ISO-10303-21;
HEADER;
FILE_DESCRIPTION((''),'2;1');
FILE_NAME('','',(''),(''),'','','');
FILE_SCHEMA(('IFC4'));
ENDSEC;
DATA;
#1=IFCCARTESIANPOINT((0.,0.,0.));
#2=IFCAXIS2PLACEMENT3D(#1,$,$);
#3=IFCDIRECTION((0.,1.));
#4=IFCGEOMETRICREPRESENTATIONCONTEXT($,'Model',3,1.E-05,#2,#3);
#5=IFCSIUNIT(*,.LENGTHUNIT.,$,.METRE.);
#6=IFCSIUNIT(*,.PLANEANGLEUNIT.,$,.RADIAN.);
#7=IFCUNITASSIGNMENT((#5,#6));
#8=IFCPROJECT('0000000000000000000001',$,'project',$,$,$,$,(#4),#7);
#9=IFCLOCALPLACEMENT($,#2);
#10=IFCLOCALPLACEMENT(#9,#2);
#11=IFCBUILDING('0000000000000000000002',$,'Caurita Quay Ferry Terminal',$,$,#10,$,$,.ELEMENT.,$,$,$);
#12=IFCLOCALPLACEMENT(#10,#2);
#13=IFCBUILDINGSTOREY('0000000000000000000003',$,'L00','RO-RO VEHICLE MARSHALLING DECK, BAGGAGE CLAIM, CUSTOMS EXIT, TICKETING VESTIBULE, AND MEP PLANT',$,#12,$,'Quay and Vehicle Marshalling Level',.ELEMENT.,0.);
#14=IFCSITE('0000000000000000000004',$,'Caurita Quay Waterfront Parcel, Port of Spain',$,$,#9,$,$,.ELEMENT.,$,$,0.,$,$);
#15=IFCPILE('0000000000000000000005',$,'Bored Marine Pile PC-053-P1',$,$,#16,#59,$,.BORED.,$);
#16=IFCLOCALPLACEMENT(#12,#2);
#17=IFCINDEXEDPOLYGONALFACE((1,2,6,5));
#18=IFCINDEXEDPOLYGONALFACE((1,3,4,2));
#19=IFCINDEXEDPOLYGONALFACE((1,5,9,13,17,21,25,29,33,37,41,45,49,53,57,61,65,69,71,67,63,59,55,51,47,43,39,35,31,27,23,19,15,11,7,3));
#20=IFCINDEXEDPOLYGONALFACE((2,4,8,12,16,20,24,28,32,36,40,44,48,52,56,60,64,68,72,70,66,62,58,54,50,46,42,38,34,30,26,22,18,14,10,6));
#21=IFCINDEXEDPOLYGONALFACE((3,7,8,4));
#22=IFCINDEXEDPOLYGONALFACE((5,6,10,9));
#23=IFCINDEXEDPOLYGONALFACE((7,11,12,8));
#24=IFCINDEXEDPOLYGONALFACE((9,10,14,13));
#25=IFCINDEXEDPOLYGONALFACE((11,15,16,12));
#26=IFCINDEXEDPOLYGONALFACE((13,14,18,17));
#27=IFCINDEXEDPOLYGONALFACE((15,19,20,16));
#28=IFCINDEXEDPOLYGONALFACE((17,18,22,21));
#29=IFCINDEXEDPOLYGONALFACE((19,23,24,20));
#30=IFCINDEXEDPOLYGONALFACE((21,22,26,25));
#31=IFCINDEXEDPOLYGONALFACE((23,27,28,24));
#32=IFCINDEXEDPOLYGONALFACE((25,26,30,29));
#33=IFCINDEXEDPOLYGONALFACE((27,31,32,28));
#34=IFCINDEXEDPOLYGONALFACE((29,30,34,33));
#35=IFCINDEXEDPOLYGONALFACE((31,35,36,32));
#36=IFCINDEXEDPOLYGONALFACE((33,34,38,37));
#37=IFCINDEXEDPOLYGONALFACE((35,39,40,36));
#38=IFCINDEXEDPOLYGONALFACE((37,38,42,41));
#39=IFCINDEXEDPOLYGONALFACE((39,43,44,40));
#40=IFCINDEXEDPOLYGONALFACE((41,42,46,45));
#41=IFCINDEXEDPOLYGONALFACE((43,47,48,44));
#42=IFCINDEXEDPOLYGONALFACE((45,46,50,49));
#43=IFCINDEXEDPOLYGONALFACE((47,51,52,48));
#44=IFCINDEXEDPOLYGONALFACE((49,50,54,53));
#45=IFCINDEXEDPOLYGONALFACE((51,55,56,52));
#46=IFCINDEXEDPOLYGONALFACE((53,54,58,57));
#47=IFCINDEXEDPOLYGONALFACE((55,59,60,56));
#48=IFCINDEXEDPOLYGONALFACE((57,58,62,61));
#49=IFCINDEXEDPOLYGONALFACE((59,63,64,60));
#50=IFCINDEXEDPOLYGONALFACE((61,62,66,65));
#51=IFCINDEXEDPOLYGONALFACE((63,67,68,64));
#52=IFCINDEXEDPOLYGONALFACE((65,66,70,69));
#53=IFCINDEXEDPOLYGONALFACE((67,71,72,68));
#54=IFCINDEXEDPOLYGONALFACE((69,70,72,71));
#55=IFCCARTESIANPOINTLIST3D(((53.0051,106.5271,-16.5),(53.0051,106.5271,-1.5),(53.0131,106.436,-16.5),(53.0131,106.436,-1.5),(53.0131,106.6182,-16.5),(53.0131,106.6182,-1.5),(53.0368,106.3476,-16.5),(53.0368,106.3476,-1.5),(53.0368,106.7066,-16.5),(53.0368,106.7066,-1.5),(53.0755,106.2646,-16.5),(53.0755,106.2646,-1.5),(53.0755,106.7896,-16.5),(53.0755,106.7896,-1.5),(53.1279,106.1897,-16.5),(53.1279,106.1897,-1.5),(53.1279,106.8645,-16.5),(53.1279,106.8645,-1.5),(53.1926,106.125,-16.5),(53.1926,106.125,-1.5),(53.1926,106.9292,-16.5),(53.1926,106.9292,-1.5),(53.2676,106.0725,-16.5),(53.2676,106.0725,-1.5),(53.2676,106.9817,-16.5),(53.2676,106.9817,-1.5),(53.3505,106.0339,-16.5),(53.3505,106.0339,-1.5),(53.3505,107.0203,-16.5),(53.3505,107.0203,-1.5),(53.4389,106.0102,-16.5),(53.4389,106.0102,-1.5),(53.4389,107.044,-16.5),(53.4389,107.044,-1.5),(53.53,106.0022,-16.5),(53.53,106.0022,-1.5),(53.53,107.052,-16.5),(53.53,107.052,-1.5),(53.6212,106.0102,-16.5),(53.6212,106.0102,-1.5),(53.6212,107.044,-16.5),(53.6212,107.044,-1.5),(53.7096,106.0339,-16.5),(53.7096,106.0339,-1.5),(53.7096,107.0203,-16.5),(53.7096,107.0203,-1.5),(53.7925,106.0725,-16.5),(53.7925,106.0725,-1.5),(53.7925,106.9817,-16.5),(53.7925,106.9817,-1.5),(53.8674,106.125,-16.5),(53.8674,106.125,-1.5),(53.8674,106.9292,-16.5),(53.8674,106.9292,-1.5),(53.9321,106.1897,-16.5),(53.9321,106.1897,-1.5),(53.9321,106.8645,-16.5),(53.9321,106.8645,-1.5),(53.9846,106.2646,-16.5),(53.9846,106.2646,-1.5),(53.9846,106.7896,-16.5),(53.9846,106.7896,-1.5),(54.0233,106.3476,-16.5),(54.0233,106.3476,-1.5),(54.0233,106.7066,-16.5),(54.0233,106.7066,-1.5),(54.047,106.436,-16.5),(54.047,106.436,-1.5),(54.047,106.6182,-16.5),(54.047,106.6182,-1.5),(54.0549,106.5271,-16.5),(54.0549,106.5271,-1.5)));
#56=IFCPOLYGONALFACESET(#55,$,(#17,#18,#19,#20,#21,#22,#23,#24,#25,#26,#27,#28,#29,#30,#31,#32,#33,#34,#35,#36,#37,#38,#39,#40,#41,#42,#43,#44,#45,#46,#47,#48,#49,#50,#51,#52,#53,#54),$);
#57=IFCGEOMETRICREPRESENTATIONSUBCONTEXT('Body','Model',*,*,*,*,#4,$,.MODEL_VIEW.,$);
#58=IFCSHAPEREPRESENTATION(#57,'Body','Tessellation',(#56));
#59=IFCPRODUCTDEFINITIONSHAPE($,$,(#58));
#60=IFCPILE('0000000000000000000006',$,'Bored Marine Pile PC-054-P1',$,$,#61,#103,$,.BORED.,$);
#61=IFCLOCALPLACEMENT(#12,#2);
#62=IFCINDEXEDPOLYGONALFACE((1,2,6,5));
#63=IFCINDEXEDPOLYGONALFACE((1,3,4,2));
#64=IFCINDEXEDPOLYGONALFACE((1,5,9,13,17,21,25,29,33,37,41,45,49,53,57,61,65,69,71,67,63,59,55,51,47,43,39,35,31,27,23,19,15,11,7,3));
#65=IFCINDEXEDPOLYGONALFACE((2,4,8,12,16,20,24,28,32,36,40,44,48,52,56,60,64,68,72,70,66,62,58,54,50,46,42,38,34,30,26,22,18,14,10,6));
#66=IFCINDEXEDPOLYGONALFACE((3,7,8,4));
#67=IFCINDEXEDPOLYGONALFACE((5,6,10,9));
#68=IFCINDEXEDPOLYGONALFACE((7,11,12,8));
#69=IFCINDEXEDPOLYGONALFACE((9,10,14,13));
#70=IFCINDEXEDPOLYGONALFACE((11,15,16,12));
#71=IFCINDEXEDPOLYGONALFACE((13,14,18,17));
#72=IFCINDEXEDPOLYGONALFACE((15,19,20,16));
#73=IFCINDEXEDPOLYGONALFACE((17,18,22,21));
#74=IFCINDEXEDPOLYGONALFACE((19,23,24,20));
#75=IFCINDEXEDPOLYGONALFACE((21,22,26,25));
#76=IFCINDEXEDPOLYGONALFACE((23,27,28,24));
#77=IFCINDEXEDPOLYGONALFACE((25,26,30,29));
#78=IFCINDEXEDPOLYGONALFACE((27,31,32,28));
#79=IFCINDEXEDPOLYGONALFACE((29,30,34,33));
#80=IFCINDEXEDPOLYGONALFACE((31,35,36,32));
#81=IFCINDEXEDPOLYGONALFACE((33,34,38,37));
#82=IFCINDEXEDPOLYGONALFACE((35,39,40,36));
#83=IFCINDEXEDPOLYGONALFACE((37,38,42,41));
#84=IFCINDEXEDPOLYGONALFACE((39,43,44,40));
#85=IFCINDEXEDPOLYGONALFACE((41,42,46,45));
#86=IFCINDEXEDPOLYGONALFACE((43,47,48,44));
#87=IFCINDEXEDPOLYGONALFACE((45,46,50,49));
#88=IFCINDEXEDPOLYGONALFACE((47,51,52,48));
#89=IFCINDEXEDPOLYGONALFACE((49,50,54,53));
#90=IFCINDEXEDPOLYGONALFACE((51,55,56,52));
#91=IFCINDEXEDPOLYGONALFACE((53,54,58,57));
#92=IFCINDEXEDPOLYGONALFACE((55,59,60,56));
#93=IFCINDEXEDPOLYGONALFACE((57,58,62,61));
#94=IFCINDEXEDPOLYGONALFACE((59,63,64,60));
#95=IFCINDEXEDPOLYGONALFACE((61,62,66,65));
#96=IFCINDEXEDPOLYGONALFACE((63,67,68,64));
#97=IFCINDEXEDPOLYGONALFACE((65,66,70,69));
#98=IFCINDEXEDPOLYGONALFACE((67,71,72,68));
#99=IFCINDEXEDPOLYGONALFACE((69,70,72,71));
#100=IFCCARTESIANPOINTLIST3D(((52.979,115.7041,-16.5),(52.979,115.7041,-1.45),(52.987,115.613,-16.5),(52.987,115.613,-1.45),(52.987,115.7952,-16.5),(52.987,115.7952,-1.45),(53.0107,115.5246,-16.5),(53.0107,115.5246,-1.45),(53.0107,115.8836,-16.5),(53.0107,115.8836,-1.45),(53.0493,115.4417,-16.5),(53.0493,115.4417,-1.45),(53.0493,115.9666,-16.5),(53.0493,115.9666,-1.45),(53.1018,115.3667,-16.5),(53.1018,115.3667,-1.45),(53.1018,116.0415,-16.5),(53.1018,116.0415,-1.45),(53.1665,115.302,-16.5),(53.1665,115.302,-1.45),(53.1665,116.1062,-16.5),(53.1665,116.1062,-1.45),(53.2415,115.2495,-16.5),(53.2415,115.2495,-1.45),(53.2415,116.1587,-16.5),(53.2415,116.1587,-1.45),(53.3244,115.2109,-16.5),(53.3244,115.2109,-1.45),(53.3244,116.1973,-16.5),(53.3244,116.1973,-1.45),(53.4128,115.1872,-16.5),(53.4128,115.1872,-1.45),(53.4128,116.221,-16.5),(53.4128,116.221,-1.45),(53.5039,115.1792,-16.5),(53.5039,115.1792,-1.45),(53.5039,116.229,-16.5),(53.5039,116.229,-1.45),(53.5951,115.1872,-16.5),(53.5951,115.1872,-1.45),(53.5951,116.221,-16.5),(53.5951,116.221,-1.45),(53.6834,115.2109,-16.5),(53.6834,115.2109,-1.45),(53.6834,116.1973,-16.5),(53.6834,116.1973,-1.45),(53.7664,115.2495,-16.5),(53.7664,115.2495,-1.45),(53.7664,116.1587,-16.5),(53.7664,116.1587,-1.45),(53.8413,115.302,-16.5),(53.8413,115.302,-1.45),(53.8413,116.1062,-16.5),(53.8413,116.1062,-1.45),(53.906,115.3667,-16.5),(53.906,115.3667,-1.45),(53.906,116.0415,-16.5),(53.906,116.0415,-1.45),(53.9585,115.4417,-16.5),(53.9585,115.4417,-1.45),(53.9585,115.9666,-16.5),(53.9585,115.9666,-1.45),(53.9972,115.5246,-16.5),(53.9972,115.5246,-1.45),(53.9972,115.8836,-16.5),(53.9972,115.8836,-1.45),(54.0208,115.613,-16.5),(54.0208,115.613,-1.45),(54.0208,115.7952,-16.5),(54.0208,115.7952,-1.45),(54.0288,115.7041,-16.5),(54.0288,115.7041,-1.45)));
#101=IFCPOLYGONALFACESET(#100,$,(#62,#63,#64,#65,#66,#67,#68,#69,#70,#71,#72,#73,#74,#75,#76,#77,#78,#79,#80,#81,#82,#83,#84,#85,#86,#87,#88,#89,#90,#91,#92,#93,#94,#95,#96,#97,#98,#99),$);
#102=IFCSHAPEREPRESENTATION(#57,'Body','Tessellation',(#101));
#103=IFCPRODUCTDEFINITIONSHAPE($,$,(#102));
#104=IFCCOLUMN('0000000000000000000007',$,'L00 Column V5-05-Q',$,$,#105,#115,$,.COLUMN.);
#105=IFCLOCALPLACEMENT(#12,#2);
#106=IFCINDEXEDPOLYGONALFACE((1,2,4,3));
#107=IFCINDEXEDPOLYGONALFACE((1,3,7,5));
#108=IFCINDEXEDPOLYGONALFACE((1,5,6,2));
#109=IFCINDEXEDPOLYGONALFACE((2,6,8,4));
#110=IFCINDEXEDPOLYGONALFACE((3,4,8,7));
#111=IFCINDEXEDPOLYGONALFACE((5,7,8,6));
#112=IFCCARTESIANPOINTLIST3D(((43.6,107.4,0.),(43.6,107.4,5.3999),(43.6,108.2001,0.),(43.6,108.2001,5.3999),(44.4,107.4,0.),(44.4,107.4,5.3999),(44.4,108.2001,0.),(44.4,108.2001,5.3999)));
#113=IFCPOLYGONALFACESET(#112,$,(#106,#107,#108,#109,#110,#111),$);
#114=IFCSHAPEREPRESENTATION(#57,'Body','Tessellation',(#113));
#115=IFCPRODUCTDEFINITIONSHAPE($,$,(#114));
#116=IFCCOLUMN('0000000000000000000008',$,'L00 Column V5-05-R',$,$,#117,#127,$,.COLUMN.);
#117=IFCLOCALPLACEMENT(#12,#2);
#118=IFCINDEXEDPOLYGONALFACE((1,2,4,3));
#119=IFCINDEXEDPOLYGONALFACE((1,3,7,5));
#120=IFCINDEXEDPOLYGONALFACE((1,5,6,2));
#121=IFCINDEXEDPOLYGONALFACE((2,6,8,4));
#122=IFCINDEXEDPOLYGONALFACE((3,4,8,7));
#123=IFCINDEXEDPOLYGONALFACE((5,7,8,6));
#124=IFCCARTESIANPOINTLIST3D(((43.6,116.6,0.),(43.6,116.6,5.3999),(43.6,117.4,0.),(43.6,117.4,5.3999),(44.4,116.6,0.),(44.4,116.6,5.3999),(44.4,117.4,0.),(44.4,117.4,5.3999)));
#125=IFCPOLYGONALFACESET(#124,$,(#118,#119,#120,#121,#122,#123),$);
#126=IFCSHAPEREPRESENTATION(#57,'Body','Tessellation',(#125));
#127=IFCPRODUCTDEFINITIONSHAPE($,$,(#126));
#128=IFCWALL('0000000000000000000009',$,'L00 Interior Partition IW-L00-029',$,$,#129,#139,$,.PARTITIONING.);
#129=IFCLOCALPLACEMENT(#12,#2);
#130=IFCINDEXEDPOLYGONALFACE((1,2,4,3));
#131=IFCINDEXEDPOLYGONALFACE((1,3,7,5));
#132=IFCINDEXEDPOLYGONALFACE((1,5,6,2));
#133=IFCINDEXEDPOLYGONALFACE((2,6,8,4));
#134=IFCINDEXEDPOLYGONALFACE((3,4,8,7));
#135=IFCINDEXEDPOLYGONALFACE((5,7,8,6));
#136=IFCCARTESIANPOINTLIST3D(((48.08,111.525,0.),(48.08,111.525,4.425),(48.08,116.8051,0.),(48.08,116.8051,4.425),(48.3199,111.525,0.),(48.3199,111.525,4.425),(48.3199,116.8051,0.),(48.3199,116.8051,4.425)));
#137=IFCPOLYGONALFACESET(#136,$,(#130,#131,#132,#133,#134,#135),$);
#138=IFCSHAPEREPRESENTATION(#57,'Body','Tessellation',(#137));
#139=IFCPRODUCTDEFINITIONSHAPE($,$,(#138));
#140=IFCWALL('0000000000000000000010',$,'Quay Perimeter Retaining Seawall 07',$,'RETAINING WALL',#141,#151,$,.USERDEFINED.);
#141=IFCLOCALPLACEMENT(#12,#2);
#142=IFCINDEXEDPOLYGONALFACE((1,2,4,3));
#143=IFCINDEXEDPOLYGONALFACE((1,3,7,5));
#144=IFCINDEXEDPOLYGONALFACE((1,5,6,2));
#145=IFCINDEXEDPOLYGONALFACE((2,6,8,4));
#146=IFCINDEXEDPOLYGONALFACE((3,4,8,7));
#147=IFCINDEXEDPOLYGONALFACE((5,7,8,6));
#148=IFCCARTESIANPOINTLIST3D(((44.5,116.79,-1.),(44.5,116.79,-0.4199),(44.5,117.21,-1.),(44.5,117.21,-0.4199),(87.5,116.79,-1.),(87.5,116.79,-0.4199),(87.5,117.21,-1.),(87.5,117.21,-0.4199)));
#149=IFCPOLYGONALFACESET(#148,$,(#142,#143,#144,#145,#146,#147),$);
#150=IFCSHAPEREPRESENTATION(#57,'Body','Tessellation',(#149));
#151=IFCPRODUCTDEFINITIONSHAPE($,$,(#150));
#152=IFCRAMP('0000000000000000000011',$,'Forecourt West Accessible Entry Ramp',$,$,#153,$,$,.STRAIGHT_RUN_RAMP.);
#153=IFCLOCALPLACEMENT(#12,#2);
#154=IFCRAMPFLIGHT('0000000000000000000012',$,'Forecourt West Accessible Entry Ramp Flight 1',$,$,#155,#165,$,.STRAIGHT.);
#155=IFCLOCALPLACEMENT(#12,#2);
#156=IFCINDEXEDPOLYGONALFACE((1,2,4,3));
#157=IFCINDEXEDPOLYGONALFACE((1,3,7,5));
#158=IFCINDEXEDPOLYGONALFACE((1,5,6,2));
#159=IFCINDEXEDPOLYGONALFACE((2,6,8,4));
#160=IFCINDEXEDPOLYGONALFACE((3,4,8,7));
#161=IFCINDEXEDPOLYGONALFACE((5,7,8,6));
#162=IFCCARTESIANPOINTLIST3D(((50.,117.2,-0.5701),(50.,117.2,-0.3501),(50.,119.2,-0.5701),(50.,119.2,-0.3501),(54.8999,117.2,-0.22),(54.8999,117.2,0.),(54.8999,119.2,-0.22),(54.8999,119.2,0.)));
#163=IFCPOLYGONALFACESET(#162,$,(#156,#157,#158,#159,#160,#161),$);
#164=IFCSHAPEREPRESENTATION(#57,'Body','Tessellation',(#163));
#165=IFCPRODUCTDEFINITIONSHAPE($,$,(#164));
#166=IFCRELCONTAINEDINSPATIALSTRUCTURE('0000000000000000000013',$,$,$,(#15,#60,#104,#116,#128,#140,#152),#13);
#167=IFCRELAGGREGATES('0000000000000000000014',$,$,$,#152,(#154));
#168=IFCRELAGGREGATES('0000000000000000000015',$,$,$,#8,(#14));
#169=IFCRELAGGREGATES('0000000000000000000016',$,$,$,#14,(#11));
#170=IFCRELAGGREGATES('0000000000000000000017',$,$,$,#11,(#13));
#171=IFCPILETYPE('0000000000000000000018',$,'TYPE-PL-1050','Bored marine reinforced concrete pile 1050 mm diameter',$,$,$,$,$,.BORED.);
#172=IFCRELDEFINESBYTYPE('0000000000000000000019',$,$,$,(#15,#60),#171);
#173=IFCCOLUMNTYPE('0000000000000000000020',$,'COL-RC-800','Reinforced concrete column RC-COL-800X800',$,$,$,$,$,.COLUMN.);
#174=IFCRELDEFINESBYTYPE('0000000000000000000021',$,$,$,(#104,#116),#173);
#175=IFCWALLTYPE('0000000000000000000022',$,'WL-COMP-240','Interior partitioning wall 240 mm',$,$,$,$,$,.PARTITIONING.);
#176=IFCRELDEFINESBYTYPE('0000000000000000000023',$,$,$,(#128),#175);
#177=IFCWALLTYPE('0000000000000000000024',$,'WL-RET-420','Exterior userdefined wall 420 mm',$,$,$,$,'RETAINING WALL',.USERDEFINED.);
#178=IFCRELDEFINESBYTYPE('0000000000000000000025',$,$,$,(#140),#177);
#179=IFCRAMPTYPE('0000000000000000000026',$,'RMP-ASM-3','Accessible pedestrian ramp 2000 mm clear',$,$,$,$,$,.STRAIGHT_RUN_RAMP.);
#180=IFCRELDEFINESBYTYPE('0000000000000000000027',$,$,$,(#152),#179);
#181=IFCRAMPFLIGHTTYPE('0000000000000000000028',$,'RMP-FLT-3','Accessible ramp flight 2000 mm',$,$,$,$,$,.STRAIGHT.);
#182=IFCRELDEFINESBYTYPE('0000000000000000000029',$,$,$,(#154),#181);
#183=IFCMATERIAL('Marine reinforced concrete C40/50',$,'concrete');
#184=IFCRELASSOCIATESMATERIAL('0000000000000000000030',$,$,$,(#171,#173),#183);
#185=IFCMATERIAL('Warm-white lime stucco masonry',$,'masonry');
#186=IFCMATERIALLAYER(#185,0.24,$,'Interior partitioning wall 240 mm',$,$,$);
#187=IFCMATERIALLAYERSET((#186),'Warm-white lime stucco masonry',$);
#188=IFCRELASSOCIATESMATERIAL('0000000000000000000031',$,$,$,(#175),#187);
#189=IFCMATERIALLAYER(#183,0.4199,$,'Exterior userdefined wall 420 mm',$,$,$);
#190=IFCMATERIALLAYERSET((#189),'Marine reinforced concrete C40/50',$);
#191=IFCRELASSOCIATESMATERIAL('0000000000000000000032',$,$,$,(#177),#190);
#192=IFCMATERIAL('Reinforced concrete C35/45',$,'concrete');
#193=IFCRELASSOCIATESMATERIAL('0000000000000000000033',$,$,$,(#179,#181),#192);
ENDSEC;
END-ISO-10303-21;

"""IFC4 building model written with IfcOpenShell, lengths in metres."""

from ifc_helpers import new_model, si_unit, direction, frame, frame_2d, origin, origin_2d, place, context, subcontext, project, spatial, polyline, rectangle, circle, outline, extrude, material, layer, layer_set, material_profile, profile_set, type_object, element, aggregate, save


model = new_model("IFC4")

# Units and contexts
model_context = context("Model", 3, precision=1e-05, world=origin(), true_north=direction((0.0, 1.0)))
body_context = subcontext(model_context, "Body", "Model", "MODEL_VIEW")
ifc_project = project(units=[si_unit("LENGTHUNIT", "METRE"), si_unit("PLANEANGLEUNIT", "RADIAN")], contexts=[model_context])

# Site, building, storey
site_placement = place(None, origin())
site = spatial("IfcSite", under=ifc_project, at=site_placement, Name="Caurita Quay Waterfront Parcel, Port of Spain", CompositionType="ELEMENT", RefElevation=0.0)
building_placement = place(site_placement, origin())
building = spatial("IfcBuilding", under=site, at=building_placement, Name="Caurita Quay Ferry Terminal", CompositionType="ELEMENT")
storey_placement = place(building_placement, origin())
storey = spatial("IfcBuildingStorey", under=building, at=storey_placement, Name="L00", Description="RO-RO VEHICLE MARSHALLING DECK, BAGGAGE CLAIM, CUSTOMS EXIT, TICKETING VESTIBULE, AND MEP PLANT", LongName="Quay and Vehicle Marshalling Level", CompositionType="ELEMENT", Elevation=0.0)

# Piles
ifc_material_1 = material(Name="Marine reinforced concrete C40/50", Category="concrete")
ifc_material_profile_1 = material_profile(ifc_material_1, circle(Radius=0.5249, at=origin_2d()), Name="PILE-D1050")
ifc_profile_set_1 = profile_set([ifc_material_profile_1], Name="Marine reinforced concrete C40/50")
pile_type = type_object("IfcPileType", Name="TYPE-PL-1050", Description="Bored marine reinforced concrete pile 1050 mm diameter", PredefinedType="BORED", material=ifc_profile_set_1)
pile_1_placement = place(storey_placement, frame((53.53, 106.5271, -1.5), z_axis=(0.0, 0.0, -1.0), x_axis=(1.0, 0.0, 0.0)))
element("IfcPile", 1, at=pile_1_placement, inside=storey, type_object=pile_type, Name="Bored Marine Pile PC-053-P1", PredefinedType="BORED", context=body_context, shape_type="SweptSolid", body=[
    extrude(circle(Radius=0.5249, at=origin_2d()), origin(), (0.0, 0.0, 1.0), 15.0),
])
pile_2_placement = place(storey_placement, frame((53.5039, 115.7041, -1.45), z_axis=(0.0, 0.0, -1.0), x_axis=(1.0, 0.0, 0.0)))
element("IfcPile", 2, at=pile_2_placement, inside=storey, type_object=pile_type, Name="Bored Marine Pile PC-054-P1", PredefinedType="BORED", context=body_context, shape_type="SweptSolid", body=[
    extrude(circle(Radius=0.5249, at=origin_2d()), origin(), (0.0, 0.0, 1.0), 15.05),
])

# Columns
ifc_material_profile_2 = material_profile(ifc_material_1, rectangle(XDim=0.8, YDim=0.8, at=origin_2d()), Name="RC-COL-800X800")
ifc_profile_set_2 = profile_set([ifc_material_profile_2], Name="Marine reinforced concrete C40/50")
column_type = type_object("IfcColumnType", Name="COL-RC-800", Description="Reinforced concrete column RC-COL-800X800", PredefinedType="COLUMN", material=ifc_profile_set_2)
for number, where, z_axis, x_axis, name in (
    (3, (44.0, 107.8, 0.0), (0.0, 0.0, 1.0), (1.0, 0.0, 0.0), "L00 Column V5-05-Q"),
    (4, (44.0, 117.0, 0.0), (0.0, 0.0, 1.0), (1.0, 0.0, 0.0), "L00 Column V5-05-R"),
):
    element("IfcColumn", number, at=place(storey_placement, frame(where, z_axis=z_axis, x_axis=x_axis)), inside=storey, type_object=column_type, Name=name, PredefinedType="COLUMN", context=body_context, shape_type="SweptSolid", body=[
        extrude(rectangle(XDim=0.8, YDim=0.8, at=origin_2d()), origin(), (0.0, 0.0, 1.0), 5.3999),
    ])

# Wall
ifc_material_2 = material(Name="Warm-white lime stucco masonry", Category="masonry")
ifc_layer_1 = layer(ifc_material_2, 0.24, Name="Interior partitioning wall 240 mm")
ifc_layer_set_1 = layer_set([ifc_layer_1], Name="Warm-white lime stucco masonry")
wall_type_1 = type_object("IfcWallType", Name="WL-COMP-240", Description="Interior partitioning wall 240 mm", PredefinedType="PARTITIONING", material=ifc_layer_set_1)
wall_1_placement = place(storey_placement, frame((48.2, 111.5249, 0.0), z_axis=(0.0, 0.0, 1.0), x_axis=(0.0, 1.0, 0.0)))
element("IfcWall", 5, at=wall_1_placement, inside=storey, type_object=wall_type_1, Name="L00 Interior Partition IW-L00-029", PredefinedType="PARTITIONING", context=body_context, shape_type="SweptSolid", body=[
    extrude(rectangle(XDim=5.28, YDim=0.24, at=frame_2d((2.6401, 0.0))), origin(), (0.0, 0.0, 1.0), 4.425),
])

# Wall
ifc_layer_2 = layer(ifc_material_1, 0.4199, Name="Exterior userdefined wall 420 mm")
ifc_layer_set_2 = layer_set([ifc_layer_2], Name="Marine reinforced concrete C40/50")
wall_type_2 = type_object("IfcWallType", Name="WL-RET-420", Description="Exterior userdefined wall 420 mm", ElementType="RETAINING WALL", PredefinedType="USERDEFINED", material=ifc_layer_set_2)
wall_2_placement = place(storey_placement, frame((44.5, 117.0, -1.0), z_axis=(0.0, 0.0, 1.0), x_axis=(1.0, 0.0, 0.0)))
element("IfcWall", 6, at=wall_2_placement, inside=storey, type_object=wall_type_2, Name="Quay Perimeter Retaining Seawall 07", ObjectType="RETAINING WALL", PredefinedType="USERDEFINED", context=body_context, shape_type="SweptSolid", body=[
    extrude(rectangle(XDim=43.0, YDim=0.4199, at=frame_2d((21.5, 0.0))), origin(), (0.0, 0.0, 1.0), 0.5801),
])

# Ramp, ramp flight
ifc_material_3 = material(Name="Reinforced concrete C35/45", Category="concrete")
ramp_type = type_object("IfcRampType", Name="RMP-ASM-3", Description="Accessible pedestrian ramp 2000 mm clear", PredefinedType="STRAIGHT_RUN_RAMP", material=ifc_material_3)
ramp_placement = place(storey_placement, origin())
ramp = element("IfcRamp", 7, at=ramp_placement, inside=storey, type_object=ramp_type, Name="Forecourt West Accessible Entry Ramp", PredefinedType="STRAIGHT_RUN_RAMP")
ramp_flight_type = type_object("IfcRampFlightType", Name="RMP-FLT-3", Description="Accessible ramp flight 2000 mm", PredefinedType="STRAIGHT", material=ifc_material_3)
ramp_flight_placement = place(storey_placement, frame((50.0, 118.2, -0.3501), z_axis=(0.0, 0.0, 1.0), x_axis=(1.0, 0.0, 0.0)))
ramp_flight = element("IfcRampFlight", 8, at=ramp_flight_placement, type_object=ramp_flight_type, Name="Forecourt West Accessible Entry Ramp Flight 1", PredefinedType="STRAIGHT", context=body_context, shape_type="SweptSolid", body=[
    extrude(outline(polyline([(0.0, 0.0), (0.0, -0.22), (4.8999, 0.1301), (4.8999, 0.3501), (0.0, 0.0)])), frame((0.0, 1.0, 0.0), z_axis=(0.0, -1.0, 0.0), x_axis=(1.0, 0.0, 0.0)), (0.0, 0.0, 1.0), 2.0),
])
aggregate(ramp, [ramp_flight])

save(model, "model.ifc")
